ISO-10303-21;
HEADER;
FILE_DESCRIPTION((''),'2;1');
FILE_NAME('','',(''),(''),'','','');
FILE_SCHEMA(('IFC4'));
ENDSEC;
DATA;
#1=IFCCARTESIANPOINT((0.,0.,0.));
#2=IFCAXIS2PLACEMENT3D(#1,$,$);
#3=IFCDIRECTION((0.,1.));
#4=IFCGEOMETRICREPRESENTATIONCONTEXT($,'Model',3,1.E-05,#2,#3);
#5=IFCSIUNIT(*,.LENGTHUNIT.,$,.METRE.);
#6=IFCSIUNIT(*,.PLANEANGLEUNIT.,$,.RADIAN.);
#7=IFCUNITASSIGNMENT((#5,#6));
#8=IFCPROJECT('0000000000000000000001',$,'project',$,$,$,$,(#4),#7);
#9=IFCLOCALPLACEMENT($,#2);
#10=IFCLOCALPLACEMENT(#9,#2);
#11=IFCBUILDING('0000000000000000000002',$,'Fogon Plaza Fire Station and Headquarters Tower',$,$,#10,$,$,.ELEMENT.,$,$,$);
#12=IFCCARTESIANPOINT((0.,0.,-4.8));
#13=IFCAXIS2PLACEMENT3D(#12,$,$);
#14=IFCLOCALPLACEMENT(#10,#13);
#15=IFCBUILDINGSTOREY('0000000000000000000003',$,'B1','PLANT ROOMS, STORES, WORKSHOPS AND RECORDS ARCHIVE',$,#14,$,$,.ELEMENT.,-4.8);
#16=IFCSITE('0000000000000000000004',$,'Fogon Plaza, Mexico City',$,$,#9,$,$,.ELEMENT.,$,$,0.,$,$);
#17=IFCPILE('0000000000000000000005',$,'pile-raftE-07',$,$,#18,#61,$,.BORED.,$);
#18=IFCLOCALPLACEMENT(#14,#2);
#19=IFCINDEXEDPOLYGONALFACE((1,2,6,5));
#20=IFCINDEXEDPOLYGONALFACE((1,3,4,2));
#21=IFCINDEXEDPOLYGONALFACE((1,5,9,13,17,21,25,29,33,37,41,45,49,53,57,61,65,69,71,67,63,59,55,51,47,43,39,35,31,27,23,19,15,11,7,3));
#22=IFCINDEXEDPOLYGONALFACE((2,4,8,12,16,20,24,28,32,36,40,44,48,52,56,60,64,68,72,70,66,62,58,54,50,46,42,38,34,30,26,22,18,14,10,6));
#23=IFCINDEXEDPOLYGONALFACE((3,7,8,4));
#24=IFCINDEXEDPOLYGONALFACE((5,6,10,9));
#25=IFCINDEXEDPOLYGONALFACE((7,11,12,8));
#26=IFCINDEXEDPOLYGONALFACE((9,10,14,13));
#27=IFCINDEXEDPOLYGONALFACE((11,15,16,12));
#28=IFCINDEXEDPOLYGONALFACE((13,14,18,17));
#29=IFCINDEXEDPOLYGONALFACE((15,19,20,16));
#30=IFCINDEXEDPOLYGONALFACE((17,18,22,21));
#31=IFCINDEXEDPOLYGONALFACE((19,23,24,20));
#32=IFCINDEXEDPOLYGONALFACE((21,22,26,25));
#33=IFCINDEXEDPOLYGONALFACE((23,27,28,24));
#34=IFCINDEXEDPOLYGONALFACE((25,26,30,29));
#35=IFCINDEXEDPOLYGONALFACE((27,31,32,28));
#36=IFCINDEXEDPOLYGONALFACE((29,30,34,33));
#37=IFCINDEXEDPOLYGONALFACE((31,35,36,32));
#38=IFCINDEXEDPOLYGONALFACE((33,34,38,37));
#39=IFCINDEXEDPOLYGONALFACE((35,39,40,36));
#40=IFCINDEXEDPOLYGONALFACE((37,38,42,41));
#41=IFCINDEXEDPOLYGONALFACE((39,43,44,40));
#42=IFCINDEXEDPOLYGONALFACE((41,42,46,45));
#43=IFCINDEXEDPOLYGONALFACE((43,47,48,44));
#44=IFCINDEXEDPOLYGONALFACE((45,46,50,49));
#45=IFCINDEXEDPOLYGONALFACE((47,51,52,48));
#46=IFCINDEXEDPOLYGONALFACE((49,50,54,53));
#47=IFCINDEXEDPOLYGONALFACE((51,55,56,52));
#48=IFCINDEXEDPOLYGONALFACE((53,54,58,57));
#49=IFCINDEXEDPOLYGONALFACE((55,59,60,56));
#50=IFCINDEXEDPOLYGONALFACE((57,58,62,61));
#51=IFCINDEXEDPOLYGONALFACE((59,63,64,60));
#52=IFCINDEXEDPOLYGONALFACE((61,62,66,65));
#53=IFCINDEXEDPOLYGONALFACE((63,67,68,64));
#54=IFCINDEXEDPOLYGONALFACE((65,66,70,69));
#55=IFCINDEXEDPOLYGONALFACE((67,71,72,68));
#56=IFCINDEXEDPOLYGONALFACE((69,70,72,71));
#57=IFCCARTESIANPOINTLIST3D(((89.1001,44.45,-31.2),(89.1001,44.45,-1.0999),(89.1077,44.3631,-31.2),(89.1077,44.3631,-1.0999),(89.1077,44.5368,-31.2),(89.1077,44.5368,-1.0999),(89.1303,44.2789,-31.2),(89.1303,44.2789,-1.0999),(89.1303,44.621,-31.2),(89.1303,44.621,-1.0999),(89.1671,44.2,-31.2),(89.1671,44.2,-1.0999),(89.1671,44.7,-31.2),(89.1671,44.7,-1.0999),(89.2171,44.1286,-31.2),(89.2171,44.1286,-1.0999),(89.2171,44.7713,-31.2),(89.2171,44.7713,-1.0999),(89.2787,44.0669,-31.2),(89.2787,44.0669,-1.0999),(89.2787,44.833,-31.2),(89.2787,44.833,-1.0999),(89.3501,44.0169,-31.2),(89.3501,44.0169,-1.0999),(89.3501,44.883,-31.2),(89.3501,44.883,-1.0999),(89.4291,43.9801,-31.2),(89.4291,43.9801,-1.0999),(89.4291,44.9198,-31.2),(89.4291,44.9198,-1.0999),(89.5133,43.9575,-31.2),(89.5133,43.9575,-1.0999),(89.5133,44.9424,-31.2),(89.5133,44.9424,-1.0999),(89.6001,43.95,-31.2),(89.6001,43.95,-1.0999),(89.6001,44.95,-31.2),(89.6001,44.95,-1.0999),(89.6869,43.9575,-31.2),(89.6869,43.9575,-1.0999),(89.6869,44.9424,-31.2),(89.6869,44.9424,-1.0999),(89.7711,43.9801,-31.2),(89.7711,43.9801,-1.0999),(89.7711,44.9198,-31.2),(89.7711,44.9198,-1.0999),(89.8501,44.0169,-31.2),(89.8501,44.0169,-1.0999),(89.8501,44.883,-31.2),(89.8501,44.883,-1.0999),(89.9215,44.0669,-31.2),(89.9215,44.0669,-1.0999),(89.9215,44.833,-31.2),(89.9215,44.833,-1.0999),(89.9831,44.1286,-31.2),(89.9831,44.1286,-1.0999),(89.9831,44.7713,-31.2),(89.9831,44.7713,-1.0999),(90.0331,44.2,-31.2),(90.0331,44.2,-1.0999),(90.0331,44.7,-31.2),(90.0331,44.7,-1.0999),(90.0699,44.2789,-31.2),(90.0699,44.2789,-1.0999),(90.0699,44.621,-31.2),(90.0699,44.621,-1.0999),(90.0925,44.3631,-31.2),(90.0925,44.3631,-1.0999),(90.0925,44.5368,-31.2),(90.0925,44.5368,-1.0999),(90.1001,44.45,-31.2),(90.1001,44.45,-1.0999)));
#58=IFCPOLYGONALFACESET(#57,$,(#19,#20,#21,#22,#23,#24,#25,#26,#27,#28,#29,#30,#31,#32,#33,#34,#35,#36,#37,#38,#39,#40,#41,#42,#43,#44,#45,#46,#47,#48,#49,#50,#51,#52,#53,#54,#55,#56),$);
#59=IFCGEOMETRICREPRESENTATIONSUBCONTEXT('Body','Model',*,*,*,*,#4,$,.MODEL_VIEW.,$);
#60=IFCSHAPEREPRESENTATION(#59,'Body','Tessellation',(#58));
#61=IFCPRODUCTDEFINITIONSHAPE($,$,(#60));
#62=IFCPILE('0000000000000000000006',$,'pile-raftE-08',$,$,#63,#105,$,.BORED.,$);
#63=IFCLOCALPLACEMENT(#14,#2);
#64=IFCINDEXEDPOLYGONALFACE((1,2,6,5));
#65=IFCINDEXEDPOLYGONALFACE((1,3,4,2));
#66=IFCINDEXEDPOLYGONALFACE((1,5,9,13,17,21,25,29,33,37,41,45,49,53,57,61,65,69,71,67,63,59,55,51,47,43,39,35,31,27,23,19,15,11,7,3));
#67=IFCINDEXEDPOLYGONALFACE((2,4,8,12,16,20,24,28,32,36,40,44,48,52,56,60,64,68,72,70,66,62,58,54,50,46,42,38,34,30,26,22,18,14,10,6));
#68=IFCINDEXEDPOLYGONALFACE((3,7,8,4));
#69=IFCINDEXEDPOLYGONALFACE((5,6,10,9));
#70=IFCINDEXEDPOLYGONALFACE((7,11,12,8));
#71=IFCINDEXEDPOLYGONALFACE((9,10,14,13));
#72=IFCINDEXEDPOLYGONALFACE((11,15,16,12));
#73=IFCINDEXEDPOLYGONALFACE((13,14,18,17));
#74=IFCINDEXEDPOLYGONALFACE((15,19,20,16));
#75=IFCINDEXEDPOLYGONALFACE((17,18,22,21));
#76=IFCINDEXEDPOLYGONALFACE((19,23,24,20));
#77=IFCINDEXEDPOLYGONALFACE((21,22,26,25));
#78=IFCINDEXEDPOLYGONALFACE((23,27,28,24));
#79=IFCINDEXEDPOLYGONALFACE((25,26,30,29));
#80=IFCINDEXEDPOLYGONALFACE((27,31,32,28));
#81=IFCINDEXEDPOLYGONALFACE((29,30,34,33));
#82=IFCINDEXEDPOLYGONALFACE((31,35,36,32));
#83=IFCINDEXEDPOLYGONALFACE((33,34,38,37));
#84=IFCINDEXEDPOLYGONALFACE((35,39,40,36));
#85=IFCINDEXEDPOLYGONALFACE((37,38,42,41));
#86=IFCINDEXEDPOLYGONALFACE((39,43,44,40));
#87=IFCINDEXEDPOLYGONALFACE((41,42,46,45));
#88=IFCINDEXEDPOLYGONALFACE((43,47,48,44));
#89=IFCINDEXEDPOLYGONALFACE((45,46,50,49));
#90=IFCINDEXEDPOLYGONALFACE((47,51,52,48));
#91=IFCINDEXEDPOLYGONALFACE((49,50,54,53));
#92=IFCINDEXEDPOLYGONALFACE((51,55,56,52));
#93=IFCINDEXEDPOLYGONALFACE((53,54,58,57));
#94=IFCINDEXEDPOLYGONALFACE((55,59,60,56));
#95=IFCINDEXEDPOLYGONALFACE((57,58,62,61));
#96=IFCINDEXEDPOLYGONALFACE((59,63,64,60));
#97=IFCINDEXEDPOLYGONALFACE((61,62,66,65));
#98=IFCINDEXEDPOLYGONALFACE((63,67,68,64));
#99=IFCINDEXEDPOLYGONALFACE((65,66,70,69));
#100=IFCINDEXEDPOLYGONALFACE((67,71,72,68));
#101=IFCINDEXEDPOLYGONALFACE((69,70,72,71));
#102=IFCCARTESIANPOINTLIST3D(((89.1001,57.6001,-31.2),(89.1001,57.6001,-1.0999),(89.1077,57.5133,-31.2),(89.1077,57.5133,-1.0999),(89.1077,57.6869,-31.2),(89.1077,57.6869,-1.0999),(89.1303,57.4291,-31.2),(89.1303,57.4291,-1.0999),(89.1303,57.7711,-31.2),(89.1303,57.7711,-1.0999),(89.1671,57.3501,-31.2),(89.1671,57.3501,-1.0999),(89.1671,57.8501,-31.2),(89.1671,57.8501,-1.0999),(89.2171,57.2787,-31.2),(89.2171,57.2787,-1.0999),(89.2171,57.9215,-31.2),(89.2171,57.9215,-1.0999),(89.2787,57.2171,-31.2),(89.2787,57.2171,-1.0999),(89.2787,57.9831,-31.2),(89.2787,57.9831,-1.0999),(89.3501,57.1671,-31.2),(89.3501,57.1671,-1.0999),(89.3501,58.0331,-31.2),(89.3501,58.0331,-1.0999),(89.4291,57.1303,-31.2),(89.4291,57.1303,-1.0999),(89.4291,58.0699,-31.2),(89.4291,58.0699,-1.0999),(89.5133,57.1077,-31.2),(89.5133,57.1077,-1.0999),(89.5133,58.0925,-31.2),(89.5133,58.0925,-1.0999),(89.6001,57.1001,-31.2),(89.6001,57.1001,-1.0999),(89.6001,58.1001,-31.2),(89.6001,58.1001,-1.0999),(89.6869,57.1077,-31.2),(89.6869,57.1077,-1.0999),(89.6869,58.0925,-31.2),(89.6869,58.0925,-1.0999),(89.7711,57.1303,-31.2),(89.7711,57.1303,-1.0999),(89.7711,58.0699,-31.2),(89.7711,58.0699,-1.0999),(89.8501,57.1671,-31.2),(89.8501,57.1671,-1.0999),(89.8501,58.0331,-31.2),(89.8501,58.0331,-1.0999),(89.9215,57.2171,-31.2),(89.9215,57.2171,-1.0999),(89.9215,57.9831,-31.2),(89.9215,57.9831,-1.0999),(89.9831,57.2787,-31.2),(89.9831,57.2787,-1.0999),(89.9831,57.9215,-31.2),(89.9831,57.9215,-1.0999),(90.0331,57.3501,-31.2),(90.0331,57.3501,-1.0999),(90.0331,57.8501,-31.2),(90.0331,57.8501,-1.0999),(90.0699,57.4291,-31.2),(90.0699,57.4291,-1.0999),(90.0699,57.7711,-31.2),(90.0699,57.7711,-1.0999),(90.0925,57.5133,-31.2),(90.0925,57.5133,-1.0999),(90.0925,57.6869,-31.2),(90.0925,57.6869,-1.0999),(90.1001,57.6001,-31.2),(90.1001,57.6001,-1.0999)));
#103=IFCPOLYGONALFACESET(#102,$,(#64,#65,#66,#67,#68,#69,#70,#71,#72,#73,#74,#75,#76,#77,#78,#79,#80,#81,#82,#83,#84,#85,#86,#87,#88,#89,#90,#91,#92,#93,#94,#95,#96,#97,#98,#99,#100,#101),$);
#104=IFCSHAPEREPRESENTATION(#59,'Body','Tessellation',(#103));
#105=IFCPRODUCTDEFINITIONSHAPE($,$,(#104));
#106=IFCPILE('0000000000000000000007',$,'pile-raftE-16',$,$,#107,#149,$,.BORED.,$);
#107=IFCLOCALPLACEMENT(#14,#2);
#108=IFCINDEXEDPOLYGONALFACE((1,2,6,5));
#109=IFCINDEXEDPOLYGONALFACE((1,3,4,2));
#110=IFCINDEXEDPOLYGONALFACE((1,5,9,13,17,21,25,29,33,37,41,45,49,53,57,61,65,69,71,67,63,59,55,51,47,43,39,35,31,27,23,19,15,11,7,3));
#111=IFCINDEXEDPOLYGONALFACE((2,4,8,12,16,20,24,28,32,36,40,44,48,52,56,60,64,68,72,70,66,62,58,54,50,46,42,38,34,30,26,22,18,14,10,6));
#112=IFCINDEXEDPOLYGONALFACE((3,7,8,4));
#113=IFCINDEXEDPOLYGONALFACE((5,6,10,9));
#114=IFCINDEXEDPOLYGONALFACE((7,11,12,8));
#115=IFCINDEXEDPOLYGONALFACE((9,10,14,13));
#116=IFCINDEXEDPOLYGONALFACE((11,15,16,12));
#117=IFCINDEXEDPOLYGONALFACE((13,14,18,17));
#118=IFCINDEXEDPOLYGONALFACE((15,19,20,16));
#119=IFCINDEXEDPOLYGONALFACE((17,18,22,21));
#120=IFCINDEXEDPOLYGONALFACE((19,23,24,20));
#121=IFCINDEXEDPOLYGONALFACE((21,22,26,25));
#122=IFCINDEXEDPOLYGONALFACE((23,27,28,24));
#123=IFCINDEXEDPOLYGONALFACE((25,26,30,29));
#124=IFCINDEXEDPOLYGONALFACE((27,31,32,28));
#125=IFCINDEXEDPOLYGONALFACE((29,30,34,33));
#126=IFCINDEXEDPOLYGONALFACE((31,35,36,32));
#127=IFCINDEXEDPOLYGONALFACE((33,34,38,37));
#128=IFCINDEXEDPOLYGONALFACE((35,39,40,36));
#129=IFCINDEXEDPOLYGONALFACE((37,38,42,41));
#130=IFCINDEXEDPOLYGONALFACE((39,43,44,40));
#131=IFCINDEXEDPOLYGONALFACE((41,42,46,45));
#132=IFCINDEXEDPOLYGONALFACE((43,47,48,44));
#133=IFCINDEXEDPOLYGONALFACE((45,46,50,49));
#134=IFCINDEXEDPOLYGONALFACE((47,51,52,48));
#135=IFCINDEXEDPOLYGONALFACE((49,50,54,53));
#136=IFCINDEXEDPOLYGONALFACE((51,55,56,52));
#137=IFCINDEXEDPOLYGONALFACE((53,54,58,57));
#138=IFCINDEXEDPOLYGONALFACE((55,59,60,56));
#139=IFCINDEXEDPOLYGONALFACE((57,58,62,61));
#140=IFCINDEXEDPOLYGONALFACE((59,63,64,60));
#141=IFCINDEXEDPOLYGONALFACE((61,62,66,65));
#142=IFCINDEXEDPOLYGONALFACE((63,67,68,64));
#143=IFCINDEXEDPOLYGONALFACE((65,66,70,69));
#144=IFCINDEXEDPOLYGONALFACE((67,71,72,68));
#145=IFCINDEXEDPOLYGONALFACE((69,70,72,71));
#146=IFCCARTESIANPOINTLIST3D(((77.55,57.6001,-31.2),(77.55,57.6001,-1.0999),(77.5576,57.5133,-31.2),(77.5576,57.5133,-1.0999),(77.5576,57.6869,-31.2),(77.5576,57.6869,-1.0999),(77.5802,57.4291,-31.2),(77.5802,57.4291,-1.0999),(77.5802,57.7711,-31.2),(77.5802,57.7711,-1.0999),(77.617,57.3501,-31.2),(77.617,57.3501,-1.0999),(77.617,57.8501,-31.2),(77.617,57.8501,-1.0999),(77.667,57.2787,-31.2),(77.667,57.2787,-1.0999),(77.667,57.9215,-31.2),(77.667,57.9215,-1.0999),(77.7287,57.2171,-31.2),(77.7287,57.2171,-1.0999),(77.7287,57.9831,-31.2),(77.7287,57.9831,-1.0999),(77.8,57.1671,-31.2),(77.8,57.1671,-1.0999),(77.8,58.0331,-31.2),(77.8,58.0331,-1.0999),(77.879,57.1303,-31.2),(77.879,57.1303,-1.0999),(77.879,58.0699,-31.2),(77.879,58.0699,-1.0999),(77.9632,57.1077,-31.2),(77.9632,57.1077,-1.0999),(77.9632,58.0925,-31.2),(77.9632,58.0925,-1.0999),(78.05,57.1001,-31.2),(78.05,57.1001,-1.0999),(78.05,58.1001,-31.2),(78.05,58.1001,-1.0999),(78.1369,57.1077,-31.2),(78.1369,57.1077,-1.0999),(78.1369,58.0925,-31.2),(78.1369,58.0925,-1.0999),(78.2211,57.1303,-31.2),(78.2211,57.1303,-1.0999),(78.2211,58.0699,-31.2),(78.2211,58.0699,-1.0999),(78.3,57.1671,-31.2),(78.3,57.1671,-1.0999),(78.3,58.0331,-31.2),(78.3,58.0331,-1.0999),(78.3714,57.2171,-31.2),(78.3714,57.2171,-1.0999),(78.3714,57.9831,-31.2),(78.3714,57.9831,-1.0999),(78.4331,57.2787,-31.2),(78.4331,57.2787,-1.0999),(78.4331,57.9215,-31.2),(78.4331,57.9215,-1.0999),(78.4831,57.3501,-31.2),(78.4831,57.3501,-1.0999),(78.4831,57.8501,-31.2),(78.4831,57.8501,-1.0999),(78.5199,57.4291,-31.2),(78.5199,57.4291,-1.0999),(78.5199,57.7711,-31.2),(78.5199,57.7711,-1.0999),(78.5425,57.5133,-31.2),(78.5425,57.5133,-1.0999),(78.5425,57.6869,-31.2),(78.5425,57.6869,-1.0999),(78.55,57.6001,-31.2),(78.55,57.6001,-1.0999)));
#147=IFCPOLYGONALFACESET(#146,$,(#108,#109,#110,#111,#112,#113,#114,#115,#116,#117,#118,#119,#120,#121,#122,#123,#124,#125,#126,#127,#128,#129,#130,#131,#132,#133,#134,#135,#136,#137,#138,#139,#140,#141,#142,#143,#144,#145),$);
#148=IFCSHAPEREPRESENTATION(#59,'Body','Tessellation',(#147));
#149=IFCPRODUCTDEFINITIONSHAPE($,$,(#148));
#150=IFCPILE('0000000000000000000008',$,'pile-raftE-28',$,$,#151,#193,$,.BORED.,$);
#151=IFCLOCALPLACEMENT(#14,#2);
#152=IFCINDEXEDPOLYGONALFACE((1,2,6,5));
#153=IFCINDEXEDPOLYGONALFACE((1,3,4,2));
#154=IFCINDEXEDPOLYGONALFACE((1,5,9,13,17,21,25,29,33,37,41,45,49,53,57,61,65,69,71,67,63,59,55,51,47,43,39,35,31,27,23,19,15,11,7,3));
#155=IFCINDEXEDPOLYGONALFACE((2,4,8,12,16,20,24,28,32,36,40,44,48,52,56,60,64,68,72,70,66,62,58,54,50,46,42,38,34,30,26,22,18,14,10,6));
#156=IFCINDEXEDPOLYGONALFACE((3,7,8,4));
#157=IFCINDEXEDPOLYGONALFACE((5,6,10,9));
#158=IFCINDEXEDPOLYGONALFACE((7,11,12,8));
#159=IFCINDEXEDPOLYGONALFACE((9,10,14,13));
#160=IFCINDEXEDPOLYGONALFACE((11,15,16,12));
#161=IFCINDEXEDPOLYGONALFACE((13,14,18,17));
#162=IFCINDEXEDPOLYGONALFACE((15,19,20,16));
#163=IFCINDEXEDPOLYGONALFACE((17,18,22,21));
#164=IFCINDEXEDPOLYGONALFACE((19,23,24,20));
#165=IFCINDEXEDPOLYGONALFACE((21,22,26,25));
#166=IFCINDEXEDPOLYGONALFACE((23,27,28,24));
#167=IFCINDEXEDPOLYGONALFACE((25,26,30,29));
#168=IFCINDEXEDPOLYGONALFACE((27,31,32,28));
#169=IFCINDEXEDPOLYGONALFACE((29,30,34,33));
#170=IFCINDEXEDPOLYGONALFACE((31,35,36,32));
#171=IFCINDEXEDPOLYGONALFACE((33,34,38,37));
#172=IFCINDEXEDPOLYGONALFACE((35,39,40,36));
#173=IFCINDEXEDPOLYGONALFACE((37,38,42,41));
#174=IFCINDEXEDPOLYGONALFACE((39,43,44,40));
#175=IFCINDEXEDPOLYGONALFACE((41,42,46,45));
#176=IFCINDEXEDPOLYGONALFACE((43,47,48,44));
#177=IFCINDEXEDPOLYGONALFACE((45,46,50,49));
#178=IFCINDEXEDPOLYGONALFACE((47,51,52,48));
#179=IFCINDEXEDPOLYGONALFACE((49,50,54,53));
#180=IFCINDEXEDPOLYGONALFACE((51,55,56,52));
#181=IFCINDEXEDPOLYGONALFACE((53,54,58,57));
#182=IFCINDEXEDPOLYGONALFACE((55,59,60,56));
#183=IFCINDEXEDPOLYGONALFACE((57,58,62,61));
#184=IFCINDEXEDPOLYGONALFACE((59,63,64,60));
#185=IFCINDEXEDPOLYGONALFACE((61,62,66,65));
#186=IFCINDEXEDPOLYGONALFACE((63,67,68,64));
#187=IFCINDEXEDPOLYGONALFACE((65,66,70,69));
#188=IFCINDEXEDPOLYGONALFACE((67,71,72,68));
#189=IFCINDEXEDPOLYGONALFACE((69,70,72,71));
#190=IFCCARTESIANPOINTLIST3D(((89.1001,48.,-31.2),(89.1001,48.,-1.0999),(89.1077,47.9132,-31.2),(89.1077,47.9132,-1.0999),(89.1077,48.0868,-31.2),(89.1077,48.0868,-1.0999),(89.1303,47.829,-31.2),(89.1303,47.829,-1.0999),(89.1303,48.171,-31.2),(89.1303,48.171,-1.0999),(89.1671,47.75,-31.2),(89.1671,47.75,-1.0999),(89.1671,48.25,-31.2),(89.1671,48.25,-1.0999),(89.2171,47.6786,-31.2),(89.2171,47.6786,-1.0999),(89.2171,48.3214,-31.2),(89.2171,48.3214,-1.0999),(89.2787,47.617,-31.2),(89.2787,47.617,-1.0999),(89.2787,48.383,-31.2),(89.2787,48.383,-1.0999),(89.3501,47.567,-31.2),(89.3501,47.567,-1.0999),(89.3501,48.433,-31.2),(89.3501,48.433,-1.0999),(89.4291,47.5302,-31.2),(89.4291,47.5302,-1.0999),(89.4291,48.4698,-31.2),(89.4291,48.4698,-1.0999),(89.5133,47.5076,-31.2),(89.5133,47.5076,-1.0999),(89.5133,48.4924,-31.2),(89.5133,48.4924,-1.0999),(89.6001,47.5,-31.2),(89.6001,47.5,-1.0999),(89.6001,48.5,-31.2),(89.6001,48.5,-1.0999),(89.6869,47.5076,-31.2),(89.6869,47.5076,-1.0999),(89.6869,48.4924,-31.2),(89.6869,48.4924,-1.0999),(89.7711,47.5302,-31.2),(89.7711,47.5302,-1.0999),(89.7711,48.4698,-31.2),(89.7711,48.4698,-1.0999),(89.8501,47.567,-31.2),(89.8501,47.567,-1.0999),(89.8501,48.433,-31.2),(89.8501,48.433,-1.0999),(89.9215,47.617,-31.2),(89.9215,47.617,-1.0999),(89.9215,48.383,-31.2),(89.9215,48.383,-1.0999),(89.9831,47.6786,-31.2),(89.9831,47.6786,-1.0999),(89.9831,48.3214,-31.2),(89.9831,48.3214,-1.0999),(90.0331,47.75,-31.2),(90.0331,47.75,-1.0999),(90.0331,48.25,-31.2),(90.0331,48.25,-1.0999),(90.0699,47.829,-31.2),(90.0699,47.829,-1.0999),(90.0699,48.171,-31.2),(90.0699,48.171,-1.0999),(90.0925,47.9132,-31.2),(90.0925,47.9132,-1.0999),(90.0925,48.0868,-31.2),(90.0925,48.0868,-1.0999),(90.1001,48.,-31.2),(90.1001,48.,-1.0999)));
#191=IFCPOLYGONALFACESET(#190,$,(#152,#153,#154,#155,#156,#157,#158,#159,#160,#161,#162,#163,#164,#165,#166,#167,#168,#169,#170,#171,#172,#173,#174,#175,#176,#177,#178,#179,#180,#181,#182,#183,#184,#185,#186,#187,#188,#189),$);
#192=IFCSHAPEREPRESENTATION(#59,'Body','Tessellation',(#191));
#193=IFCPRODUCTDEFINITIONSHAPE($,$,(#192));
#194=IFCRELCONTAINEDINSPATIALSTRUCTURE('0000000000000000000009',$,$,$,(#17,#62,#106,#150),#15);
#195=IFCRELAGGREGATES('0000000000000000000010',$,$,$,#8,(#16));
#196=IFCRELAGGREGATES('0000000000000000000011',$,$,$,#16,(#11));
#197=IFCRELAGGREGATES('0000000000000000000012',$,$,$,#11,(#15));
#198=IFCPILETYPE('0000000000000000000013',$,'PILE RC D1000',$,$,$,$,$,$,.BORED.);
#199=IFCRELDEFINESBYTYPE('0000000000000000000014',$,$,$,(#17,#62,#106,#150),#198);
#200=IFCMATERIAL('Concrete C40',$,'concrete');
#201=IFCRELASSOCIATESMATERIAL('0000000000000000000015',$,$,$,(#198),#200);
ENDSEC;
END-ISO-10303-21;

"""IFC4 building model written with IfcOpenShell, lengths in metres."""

from ifc_helpers import new_model, si_unit, direction, frame, origin, origin_2d, place, context, subcontext, project, spatial, circle, extrude, material, material_profile, profile_set, type_object, element, save


model = new_model("IFC4")

# Units and contexts
model_context = context("Model", 3, precision=1e-05, world=origin(), true_north=direction((0.0, 1.0)))
body_context = subcontext(model_context, "Body", "Model", "MODEL_VIEW")
ifc_project = project(units=[si_unit("LENGTHUNIT", "METRE"), si_unit("PLANEANGLEUNIT", "RADIAN")], contexts=[model_context])

# Site, building, storey
site_placement = place(None, origin())
site = spatial("IfcSite", under=ifc_project, at=site_placement, Name="Fogon Plaza, Mexico City", CompositionType="ELEMENT", RefElevation=0.0)
building_placement = place(site_placement, origin())
building = spatial("IfcBuilding", under=site, at=building_placement, Name="Fogon Plaza Fire Station and Headquarters Tower", CompositionType="ELEMENT")
storey_placement = place(building_placement, frame((0.0, 0.0, -4.8)))
storey = spatial("IfcBuildingStorey", under=building, at=storey_placement, Name="B1", Description="PLANT ROOMS, STORES, WORKSHOPS AND RECORDS ARCHIVE", CompositionType="ELEMENT", Elevation=-4.8)

# Piles
ifc_material_1 = material(Name="Concrete C40", Category="concrete")
ifc_material_profile_1 = material_profile(ifc_material_1, circle(Radius=0.5, at=origin_2d()), Name="RC D1000")
ifc_profile_set_1 = profile_set([ifc_material_profile_1], Name="Concrete C40")
pile_type = type_object("IfcPileType", Name="PILE RC D1000", PredefinedType="BORED", material=ifc_profile_set_1)
for number, where, z_axis, x_axis, name in (
    (1, (89.6001, 44.45, -1.0999), (0.0, 0.0, -1.0), (1.0, 0.0, 0.0), "pile-raftE-07"),
    (2, (89.6001, 57.6001, -1.0999), (0.0, 0.0, -1.0), (1.0, 0.0, 0.0), "pile-raftE-08"),
    (3, (78.05, 57.6001, -1.0999), (0.0, 0.0, -1.0), (1.0, 0.0, 0.0), "pile-raftE-16"),
    (4, (89.6001, 48.0, -1.0999), (0.0, 0.0, -1.0), (1.0, 0.0, 0.0), "pile-raftE-28"),
):
    element("IfcPile", number, at=place(storey_placement, frame(where, z_axis=z_axis, x_axis=x_axis)), inside=storey, type_object=pile_type, Name=name, PredefinedType="BORED", context=body_context, shape_type="SweptSolid", body=[
        extrude(circle(Radius=0.5, at=origin_2d()), origin(), (0.0, 0.0, 1.0), 30.1001),
    ])

save(model, "model.ifc")
